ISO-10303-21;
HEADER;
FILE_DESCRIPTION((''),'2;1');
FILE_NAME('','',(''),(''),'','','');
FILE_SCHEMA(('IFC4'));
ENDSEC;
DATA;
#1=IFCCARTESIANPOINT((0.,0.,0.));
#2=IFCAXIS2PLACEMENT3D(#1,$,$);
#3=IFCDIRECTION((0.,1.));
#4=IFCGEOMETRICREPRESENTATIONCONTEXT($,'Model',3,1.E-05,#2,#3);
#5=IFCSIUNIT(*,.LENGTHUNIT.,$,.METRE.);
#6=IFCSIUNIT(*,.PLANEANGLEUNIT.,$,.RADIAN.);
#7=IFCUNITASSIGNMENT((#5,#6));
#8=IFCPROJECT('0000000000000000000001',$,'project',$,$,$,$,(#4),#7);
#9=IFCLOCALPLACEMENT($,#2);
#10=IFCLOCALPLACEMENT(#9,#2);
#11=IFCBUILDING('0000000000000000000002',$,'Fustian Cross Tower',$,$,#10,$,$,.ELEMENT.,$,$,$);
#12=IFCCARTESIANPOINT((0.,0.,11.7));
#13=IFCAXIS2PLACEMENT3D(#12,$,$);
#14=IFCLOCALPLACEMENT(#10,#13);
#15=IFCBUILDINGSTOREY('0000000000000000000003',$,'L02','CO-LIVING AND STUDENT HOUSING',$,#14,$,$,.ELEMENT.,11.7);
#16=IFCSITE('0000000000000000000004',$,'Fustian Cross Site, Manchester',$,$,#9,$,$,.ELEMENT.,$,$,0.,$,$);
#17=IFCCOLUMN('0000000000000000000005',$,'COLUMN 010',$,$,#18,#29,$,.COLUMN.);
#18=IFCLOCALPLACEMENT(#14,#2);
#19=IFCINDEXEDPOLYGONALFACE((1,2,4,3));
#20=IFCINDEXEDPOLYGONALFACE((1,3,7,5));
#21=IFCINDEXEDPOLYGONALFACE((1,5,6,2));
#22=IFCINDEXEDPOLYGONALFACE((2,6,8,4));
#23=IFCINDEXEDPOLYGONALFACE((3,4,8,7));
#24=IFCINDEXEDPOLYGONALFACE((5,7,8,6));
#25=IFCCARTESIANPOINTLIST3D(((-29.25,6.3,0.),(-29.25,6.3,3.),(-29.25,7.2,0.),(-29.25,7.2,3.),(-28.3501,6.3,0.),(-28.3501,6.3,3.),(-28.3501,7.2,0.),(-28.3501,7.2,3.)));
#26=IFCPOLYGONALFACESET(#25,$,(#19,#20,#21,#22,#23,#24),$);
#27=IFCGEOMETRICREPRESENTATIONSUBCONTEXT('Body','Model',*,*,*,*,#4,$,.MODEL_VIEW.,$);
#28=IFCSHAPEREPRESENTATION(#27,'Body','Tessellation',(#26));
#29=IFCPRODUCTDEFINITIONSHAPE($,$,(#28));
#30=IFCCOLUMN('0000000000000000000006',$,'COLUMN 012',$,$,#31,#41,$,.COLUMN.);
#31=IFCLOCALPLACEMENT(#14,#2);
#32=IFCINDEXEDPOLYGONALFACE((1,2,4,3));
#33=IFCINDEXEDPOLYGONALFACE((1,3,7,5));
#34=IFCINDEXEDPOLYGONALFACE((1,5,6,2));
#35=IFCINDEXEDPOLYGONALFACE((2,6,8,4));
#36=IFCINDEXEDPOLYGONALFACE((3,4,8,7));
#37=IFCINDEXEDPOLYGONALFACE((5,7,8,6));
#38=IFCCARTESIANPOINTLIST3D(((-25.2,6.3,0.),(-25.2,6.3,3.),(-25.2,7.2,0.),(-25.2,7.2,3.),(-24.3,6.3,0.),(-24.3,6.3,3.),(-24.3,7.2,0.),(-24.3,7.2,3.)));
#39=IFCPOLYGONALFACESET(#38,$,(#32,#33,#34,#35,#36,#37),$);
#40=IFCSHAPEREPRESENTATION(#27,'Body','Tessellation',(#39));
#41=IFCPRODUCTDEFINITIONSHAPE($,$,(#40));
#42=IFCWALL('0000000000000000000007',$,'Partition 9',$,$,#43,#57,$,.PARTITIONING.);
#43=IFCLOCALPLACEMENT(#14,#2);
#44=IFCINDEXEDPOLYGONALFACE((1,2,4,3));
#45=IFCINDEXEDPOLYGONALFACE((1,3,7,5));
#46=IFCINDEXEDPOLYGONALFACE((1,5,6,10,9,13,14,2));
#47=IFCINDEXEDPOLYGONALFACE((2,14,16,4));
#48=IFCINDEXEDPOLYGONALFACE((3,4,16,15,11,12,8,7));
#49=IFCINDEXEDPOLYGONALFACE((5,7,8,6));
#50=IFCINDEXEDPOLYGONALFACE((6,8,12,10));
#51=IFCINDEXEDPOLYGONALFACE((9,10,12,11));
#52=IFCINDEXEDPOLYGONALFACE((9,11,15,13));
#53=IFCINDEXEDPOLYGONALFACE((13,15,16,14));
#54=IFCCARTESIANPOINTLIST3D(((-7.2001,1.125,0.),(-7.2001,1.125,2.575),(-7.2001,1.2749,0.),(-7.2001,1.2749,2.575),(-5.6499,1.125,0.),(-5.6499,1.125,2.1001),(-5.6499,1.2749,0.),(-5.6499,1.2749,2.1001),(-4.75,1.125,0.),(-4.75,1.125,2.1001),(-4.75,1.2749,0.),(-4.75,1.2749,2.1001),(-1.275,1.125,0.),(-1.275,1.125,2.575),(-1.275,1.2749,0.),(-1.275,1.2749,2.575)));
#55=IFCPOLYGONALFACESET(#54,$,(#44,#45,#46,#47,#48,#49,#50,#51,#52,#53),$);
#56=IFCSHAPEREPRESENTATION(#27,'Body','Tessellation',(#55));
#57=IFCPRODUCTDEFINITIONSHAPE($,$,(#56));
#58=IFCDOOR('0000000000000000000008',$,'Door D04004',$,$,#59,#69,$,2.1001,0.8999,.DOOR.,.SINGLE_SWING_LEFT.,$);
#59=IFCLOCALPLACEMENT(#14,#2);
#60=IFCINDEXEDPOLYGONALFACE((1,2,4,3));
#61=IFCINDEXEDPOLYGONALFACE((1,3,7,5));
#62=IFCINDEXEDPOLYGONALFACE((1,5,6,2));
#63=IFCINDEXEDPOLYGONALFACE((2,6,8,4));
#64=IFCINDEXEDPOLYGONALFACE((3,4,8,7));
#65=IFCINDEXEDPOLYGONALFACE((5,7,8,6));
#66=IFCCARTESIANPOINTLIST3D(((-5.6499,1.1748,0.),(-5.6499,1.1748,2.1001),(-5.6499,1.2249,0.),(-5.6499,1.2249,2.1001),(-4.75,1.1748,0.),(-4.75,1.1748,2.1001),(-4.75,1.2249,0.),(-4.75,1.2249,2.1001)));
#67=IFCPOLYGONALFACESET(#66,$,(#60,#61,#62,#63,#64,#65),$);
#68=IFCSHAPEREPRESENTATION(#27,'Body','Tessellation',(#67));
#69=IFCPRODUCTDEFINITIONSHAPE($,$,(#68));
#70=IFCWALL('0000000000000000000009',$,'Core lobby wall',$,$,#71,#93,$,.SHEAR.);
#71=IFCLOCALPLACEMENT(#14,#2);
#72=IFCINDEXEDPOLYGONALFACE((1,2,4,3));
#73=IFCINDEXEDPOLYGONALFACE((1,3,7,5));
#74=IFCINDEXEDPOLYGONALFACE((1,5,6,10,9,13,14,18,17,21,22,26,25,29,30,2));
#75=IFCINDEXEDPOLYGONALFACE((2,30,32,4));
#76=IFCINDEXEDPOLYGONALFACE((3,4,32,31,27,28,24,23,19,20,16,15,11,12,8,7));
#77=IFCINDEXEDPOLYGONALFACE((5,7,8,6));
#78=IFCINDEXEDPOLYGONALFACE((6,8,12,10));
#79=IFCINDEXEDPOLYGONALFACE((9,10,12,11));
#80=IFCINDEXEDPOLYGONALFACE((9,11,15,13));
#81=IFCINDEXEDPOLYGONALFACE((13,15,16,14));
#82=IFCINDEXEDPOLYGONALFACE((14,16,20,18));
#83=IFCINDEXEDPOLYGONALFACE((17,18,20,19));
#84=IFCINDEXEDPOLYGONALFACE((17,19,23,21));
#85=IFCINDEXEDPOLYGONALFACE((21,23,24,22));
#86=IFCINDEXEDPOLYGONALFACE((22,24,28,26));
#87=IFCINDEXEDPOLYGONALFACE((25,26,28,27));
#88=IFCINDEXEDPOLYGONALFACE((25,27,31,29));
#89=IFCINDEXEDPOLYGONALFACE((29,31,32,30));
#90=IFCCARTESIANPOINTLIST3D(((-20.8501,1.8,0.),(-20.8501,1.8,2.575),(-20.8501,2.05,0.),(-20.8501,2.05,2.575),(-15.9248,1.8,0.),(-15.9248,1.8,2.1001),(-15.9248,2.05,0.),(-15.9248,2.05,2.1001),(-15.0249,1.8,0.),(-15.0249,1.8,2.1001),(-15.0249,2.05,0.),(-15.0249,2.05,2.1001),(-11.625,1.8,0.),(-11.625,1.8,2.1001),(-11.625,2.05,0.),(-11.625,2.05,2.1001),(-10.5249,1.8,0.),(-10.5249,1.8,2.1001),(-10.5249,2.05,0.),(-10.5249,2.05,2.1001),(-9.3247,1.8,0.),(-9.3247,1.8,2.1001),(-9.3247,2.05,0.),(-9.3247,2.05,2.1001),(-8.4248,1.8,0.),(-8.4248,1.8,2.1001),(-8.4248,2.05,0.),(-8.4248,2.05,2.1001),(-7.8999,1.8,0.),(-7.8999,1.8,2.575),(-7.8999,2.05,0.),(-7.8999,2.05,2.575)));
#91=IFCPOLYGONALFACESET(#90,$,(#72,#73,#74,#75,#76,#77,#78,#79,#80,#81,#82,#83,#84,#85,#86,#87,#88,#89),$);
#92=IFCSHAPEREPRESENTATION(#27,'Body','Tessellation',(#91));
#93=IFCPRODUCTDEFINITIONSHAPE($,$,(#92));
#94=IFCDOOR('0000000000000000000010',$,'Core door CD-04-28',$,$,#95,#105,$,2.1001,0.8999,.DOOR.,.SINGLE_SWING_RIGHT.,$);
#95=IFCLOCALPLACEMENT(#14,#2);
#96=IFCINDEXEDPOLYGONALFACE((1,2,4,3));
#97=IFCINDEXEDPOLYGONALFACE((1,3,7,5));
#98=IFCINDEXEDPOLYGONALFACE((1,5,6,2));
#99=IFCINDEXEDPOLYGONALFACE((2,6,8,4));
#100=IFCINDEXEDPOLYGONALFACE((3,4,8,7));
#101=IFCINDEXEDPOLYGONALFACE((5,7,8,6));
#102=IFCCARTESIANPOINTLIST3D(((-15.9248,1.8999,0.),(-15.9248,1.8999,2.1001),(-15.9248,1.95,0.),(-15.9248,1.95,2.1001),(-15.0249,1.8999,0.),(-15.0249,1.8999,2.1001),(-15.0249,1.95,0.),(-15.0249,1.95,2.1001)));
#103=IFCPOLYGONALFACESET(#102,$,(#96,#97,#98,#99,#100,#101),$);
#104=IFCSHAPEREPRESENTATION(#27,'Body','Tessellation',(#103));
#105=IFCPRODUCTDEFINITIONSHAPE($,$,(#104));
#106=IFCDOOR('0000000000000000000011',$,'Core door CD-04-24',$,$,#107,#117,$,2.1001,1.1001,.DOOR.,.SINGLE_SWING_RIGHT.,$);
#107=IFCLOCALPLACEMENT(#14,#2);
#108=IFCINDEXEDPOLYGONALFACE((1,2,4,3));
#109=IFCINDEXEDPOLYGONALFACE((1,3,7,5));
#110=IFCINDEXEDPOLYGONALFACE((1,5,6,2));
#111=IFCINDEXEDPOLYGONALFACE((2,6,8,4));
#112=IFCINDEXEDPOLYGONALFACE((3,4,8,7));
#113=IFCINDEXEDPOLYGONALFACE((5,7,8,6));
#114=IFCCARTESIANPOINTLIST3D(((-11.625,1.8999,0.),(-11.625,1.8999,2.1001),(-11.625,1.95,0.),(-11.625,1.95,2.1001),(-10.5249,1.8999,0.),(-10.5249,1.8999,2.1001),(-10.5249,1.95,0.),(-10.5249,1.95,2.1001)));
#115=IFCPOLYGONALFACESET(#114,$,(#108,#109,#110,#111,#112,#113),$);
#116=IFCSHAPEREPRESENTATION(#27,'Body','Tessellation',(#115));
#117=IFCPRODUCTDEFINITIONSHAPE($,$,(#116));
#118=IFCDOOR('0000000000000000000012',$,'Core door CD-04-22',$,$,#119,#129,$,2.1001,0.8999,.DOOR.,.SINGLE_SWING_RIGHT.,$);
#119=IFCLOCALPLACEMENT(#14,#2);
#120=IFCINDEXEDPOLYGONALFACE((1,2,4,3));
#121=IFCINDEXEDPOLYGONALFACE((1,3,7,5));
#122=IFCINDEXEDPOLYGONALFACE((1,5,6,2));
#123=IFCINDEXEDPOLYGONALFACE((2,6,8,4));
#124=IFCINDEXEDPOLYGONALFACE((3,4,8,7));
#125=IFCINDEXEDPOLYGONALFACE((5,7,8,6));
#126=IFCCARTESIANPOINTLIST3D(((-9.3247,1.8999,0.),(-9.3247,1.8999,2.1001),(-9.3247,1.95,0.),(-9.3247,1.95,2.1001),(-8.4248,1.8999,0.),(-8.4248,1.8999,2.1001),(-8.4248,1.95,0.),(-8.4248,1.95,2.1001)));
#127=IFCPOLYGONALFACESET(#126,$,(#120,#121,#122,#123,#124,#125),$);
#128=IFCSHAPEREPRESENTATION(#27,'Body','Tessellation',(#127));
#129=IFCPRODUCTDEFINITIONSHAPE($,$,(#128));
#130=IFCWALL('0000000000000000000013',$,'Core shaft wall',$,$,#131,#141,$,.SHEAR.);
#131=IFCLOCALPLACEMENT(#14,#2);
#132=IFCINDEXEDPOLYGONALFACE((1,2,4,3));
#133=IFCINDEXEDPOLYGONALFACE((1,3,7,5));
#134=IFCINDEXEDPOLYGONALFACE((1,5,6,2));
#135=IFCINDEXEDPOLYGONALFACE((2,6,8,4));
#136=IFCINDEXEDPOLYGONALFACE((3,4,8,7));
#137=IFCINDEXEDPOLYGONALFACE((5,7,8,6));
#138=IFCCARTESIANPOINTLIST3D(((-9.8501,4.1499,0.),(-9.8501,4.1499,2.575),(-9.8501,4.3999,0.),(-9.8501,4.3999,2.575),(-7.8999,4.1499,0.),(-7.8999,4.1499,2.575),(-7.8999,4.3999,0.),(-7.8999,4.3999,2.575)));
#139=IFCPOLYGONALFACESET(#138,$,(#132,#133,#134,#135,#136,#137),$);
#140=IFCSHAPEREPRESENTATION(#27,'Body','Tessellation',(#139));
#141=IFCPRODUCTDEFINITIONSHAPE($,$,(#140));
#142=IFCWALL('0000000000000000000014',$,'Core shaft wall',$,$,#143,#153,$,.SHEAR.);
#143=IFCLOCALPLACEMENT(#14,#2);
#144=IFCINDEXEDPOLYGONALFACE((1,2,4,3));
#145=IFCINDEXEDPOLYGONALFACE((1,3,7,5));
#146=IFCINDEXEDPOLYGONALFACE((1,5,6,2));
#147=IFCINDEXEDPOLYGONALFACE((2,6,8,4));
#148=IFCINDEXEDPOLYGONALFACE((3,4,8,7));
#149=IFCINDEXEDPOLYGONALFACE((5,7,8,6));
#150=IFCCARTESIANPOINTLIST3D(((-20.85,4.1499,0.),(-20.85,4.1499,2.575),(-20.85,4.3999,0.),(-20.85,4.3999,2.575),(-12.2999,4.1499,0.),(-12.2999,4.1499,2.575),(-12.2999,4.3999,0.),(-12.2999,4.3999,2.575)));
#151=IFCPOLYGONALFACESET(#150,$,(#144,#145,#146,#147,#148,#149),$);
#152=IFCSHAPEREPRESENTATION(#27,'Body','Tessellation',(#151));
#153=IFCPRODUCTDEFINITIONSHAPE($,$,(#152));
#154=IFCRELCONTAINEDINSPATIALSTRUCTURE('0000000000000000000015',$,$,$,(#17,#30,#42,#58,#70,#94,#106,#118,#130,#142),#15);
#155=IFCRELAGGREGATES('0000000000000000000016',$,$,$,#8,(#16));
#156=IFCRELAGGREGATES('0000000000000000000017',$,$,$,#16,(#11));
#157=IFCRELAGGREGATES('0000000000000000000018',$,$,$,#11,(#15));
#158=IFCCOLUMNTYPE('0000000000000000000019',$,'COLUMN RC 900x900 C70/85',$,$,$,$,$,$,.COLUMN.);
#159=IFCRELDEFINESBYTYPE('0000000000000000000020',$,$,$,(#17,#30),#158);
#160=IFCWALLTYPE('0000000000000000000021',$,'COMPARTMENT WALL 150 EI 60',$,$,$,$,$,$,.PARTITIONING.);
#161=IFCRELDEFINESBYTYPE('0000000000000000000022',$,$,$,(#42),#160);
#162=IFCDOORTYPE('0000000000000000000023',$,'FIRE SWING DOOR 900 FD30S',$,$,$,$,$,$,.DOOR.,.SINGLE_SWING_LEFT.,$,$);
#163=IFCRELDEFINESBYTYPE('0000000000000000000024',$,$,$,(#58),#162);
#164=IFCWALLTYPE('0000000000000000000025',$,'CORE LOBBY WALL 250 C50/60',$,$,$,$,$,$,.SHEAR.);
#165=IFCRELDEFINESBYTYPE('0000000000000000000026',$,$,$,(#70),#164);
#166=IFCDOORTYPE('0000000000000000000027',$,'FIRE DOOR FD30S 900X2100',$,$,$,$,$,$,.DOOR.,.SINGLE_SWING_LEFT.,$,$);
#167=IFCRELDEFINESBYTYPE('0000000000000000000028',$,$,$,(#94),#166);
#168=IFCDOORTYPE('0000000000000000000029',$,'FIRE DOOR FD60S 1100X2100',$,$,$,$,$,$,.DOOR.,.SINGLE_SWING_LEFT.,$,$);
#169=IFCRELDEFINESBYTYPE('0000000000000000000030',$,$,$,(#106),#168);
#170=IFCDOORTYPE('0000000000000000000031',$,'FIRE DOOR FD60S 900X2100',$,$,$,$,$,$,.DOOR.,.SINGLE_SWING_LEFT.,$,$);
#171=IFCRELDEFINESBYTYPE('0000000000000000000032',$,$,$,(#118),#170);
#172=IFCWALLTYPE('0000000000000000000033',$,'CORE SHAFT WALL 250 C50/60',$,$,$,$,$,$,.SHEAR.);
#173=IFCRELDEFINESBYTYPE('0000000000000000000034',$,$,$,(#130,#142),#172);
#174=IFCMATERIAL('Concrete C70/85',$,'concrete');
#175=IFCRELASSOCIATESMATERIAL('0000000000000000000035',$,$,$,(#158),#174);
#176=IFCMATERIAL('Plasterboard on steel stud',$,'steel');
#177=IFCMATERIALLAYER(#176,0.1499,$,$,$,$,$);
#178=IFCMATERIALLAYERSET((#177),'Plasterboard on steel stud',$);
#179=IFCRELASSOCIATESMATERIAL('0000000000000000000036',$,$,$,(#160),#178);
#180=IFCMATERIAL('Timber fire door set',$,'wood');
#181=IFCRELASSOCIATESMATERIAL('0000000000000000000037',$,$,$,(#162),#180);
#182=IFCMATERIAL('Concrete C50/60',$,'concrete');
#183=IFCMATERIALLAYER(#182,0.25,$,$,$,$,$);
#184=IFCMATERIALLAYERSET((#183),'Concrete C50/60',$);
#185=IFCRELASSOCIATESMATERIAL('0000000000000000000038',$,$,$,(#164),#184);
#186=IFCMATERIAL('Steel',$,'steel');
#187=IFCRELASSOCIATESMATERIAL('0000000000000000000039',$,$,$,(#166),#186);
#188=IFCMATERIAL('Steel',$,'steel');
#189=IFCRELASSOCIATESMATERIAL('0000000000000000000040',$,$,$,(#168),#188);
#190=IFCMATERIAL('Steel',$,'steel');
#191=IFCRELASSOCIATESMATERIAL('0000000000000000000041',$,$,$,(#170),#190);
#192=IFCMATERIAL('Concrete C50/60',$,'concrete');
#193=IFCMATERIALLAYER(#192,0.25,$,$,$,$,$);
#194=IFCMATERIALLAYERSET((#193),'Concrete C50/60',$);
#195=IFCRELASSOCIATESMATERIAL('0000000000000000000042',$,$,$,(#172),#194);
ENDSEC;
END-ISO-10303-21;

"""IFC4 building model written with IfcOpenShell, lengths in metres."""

from ifc_helpers import new_model, si_unit, direction, frame, frame_2d, origin, origin_2d, place, context, subcontext, project, spatial, rectangle, extrude, material, layer, layer_set, material_profile, profile_set, type_object, element, fill, save


model = new_model("IFC4")

# Units and contexts
model_context = context("Model", 3, precision=1e-05, world=origin(), true_north=direction((0.0, 1.0)))
body_context = subcontext(model_context, "Body", "Model", "MODEL_VIEW")
ifc_project = project(units=[si_unit("LENGTHUNIT", "METRE"), si_unit("PLANEANGLEUNIT", "RADIAN")], contexts=[model_context])

# Site, building, storey
site_placement = place(None, origin())
site = spatial("IfcSite", under=ifc_project, at=site_placement, Name="Fustian Cross Site, Manchester", CompositionType="ELEMENT", RefElevation=0.0)
building_placement = place(site_placement, origin())
building = spatial("IfcBuilding", under=site, at=building_placement, Name="Fustian Cross Tower", CompositionType="ELEMENT")
storey_placement = place(building_placement, frame((0.0, 0.0, 11.7)))
storey = spatial("IfcBuildingStorey", under=building, at=storey_placement, Name="L02", Description="CO-LIVING AND STUDENT HOUSING", CompositionType="ELEMENT", Elevation=11.7)

# Columns
ifc_material_1 = material(Name="Concrete C70/85", Category="concrete")
ifc_material_profile = material_profile(ifc_material_1, rectangle(XDim=0.8999, YDim=0.8999, at=origin_2d()), Name="RC 900x900")
ifc_profile_set = profile_set([ifc_material_profile], Name="Concrete C70/85")
column_type = type_object("IfcColumnType", Name="COLUMN RC 900x900 C70/85", PredefinedType="COLUMN", material=ifc_profile_set)
for number, where, z_axis, x_axis, name in (
    (1, (-28.8, 6.75, 0.0), (0.0, 0.0, 1.0), (1.0, 0.0, 0.0), "COLUMN 010"),
    (2, (-24.75, 6.75, 0.0), (0.0, 0.0, 1.0), (1.0, 0.0, 0.0), "COLUMN 012"),
):
    element("IfcColumn", number, at=place(storey_placement, frame(where, z_axis=z_axis, x_axis=x_axis)), inside=storey, type_object=column_type, Name=name, PredefinedType="COLUMN", context=body_context, shape_type="SweptSolid", body=[
        extrude(rectangle(XDim=0.8999, YDim=0.8999, at=origin_2d()), origin(), (0.0, 0.0, 1.0), 3.0),
    ])

# Wall, opening, door
ifc_material_2 = material(Name="Plasterboard on steel stud", Category="steel")
ifc_layer_1 = layer(ifc_material_2, 0.1499)
ifc_layer_set_1 = layer_set([ifc_layer_1], Name="Plasterboard on steel stud")
wall_type_1 = type_object("IfcWallType", Name="COMPARTMENT WALL 150 EI 60", PredefinedType="PARTITIONING", material=ifc_layer_set_1)
wall_1_placement = place(storey_placement, frame((-7.2, 1.2, 0.0), z_axis=(0.0, 0.0, 1.0), x_axis=(1.0, 0.0, 0.0)))
wall_1 = element("IfcWall", 3, at=wall_1_placement, inside=storey, type_object=wall_type_1, Name="Partition 9", PredefinedType="PARTITIONING", context=body_context, shape_type="SweptSolid", body=[
    extrude(rectangle(XDim=5.925, YDim=0.1499, at=frame_2d((2.9624, 0.0))), origin(), (0.0, 0.0, 1.0), 2.575),
])
opening_1_placement = place(wall_1_placement, frame((1.55, 0.0, 0.0)))
opening_1 = element("IfcOpeningElement", 4, at=opening_1_placement, cuts=wall_1, PredefinedType="OPENING", context=body_context, shape_type="SweptSolid", body=[
    extrude(rectangle(XDim=0.8999, YDim=2.1001, at=frame_2d((0.45, 1.05))), frame((0.0, 0.085, 0.0), z_axis=(0.0, -1.0, 0.0), x_axis=(1.0, 0.0, 0.0)), (0.0, 0.0, 1.0), 0.1699),
])
ifc_material_3 = material(Name="Timber fire door set", Category="wood")
door_type_1 = type_object("IfcDoorType", Name="FIRE SWING DOOR 900 FD30S", OperationType="SINGLE_SWING_LEFT", PredefinedType="DOOR", material=ifc_material_3)
door_1_placement = place(opening_1_placement, origin())
door_1 = element("IfcDoor", 5, at=door_1_placement, inside=storey, type_object=door_type_1, Name="Door D04004", OperationType="SINGLE_SWING_LEFT", OverallHeight=2.1001, OverallWidth=0.8999, PredefinedType="DOOR", context=body_context, shape_type="SweptSolid", body=[
    extrude(rectangle(XDim=0.8999, YDim=2.1001, at=frame_2d((0.45, 1.05))), frame((0.0, 0.0249, 0.0), z_axis=(0.0, -1.0, 0.0), x_axis=(1.0, 0.0, 0.0)), (0.0, 0.0, 1.0), 0.05),
])
fill(opening_1, door_1)

# Wall, openings, doors
ifc_material_4 = material(Name="Concrete C50/60", Category="concrete")
ifc_layer_2 = layer(ifc_material_4, 0.25)
ifc_layer_set_2 = layer_set([ifc_layer_2], Name="Concrete C50/60")
wall_type_2 = type_object("IfcWallType", Name="CORE LOBBY WALL 250 C50/60", PredefinedType="SHEAR", material=ifc_layer_set_2)
wall_2_placement = place(storey_placement, frame((-7.8999, 1.925, 0.0), z_axis=(0.0, 0.0, 1.0), x_axis=(-1.0, 0.0, 0.0)))
wall_2 = element("IfcWall", 6, at=wall_2_placement, inside=storey, type_object=wall_type_2, Name="Core lobby wall", PredefinedType="SHEAR", context=body_context, shape_type="SweptSolid", body=[
    extrude(rectangle(XDim=12.9502, YDim=0.25, at=frame_2d((6.4751, 0.0))), origin(), (0.0, 0.0, 1.0), 2.575),
])
opening_2_placement = place(wall_2_placement, frame((0.5249, 0.0, 0.0)))
opening_2 = element("IfcOpeningElement", 7, at=opening_2_placement, cuts=wall_2, PredefinedType="OPENING", context=body_context, shape_type="SweptSolid", body=[
    extrude(rectangle(XDim=0.8999, YDim=2.1001, at=frame_2d((0.45, 1.05))), frame((0.0, 0.135, 0.0), z_axis=(0.0, -1.0, 0.0), x_axis=(1.0, 0.0, 0.0)), (0.0, 0.0, 1.0), 0.27),
])
opening_3_placement = place(wall_2_placement, frame((2.625, 0.0, 0.0)))
opening_3 = element("IfcOpeningElement", 8, at=opening_3_placement, cuts=wall_2, PredefinedType="OPENING", context=body_context, shape_type="SweptSolid", body=[
    extrude(rectangle(XDim=1.1001, YDim=2.1001, at=frame_2d((0.55, 1.05))), frame((0.0, 0.135, 0.0), z_axis=(0.0, -1.0, 0.0), x_axis=(1.0, 0.0, 0.0)), (0.0, 0.0, 1.0), 0.27),
])
opening_4_placement = place(wall_2_placement, frame((7.125, 0.0, 0.0)))
opening_4 = element("IfcOpeningElement", 9, at=opening_4_placement, cuts=wall_2, PredefinedType="OPENING", context=body_context, shape_type="SweptSolid", body=[
    extrude(rectangle(XDim=0.8999, YDim=2.1001, at=frame_2d((0.45, 1.05))), frame((0.0, 0.135, 0.0), z_axis=(0.0, -1.0, 0.0), x_axis=(1.0, 0.0, 0.0)), (0.0, 0.0, 1.0), 0.27),
])
ifc_material_5 = material(Name="Steel", Category="steel")
door_type_2 = type_object("IfcDoorType", Name="FIRE DOOR FD30S 900X2100", OperationType="SINGLE_SWING_LEFT", PredefinedType="DOOR", material=ifc_material_5)
door_2_placement = place(opening_4_placement, frame((0.8999, 0.0, 0.0), z_axis=(0.0, 0.0, 1.0), x_axis=(-1.0, 0.0, 0.0)))
door_2 = element("IfcDoor", 10, at=door_2_placement, inside=storey, type_object=door_type_2, Name="Core door CD-04-28", OperationType="SINGLE_SWING_RIGHT", OverallHeight=2.1001, OverallWidth=0.8999, PredefinedType="DOOR", context=body_context, shape_type="SweptSolid", body=[
    extrude(rectangle(XDim=0.8999, YDim=2.1001, at=frame_2d((0.45, 1.05))), frame((0.0, 0.0249, 0.0), z_axis=(0.0, -1.0, 0.0), x_axis=(1.0, 0.0, 0.0)), (0.0, 0.0, 1.0), 0.05),
])
fill(opening_4, door_2)
ifc_material_6 = material(Name="Steel", Category="steel")
door_type_3 = type_object("IfcDoorType", Name="FIRE DOOR FD60S 1100X2100", OperationType="SINGLE_SWING_LEFT", PredefinedType="DOOR", material=ifc_material_6)
door_3_placement = place(opening_3_placement, frame((1.1001, 0.0, 0.0), z_axis=(0.0, 0.0, 1.0), x_axis=(-1.0, 0.0, 0.0)))
door_3 = element("IfcDoor", 11, at=door_3_placement, inside=storey, type_object=door_type_3, Name="Core door CD-04-24", OperationType="SINGLE_SWING_RIGHT", OverallHeight=2.1001, OverallWidth=1.1001, PredefinedType="DOOR", context=body_context, shape_type="SweptSolid", body=[
    extrude(rectangle(XDim=1.1001, YDim=2.1001, at=frame_2d((0.55, 1.05))), frame((0.0, 0.0249, 0.0), z_axis=(0.0, -1.0, 0.0), x_axis=(1.0, 0.0, 0.0)), (0.0, 0.0, 1.0), 0.05),
])
fill(opening_3, door_3)
ifc_material_7 = material(Name="Steel", Category="steel")
door_type_4 = type_object("IfcDoorType", Name="FIRE DOOR FD60S 900X2100", OperationType="SINGLE_SWING_LEFT", PredefinedType="DOOR", material=ifc_material_7)
door_4_placement = place(opening_2_placement, frame((0.8999, 0.0, 0.0), z_axis=(0.0, 0.0, 1.0), x_axis=(-1.0, 0.0, 0.0)))
door_4 = element("IfcDoor", 12, at=door_4_placement, inside=storey, type_object=door_type_4, Name="Core door CD-04-22", OperationType="SINGLE_SWING_RIGHT", OverallHeight=2.1001, OverallWidth=0.8999, PredefinedType="DOOR", context=body_context, shape_type="SweptSolid", body=[
    extrude(rectangle(XDim=0.8999, YDim=2.1001, at=frame_2d((0.45, 1.05))), frame((0.0, 0.0249, 0.0), z_axis=(0.0, -1.0, 0.0), x_axis=(1.0, 0.0, 0.0)), (0.0, 0.0, 1.0), 0.05),
])
fill(opening_2, door_4)

# Walls
ifc_material_8 = material(Name="Concrete C50/60", Category="concrete")
ifc_layer_3 = layer(ifc_material_8, 0.25)
ifc_layer_set_3 = layer_set([ifc_layer_3], Name="Concrete C50/60")
wall_type_3 = type_object("IfcWallType", Name="CORE SHAFT WALL 250 C50/60", PredefinedType="SHEAR", material=ifc_layer_set_3)
wall_3_placement = place(storey_placement, frame((-7.8999, 4.2749, 0.0), z_axis=(0.0, 0.0, 1.0), x_axis=(-1.0, 0.0, 0.0)))
element("IfcWall", 13, at=wall_3_placement, inside=storey, type_object=wall_type_3, Name="Core shaft wall", PredefinedType="SHEAR", context=body_context, shape_type="SweptSolid", body=[
    extrude(rectangle(XDim=1.9502, YDim=0.25, at=frame_2d((0.9751, 0.0))), origin(), (0.0, 0.0, 1.0), 2.575),
])
wall_4_placement = place(storey_placement, frame((-12.3, 4.2749, 0.0), z_axis=(0.0, 0.0, 1.0), x_axis=(-1.0, 0.0, 0.0)))
element("IfcWall", 14, at=wall_4_placement, inside=storey, type_object=wall_type_3, Name="Core shaft wall", PredefinedType="SHEAR", context=body_context, shape_type="SweptSolid", body=[
    extrude(rectangle(XDim=8.55, YDim=0.25, at=frame_2d((4.2749, 0.0))), origin(), (0.0, 0.0, 1.0), 2.575),
])

save(model, "model.ifc")
